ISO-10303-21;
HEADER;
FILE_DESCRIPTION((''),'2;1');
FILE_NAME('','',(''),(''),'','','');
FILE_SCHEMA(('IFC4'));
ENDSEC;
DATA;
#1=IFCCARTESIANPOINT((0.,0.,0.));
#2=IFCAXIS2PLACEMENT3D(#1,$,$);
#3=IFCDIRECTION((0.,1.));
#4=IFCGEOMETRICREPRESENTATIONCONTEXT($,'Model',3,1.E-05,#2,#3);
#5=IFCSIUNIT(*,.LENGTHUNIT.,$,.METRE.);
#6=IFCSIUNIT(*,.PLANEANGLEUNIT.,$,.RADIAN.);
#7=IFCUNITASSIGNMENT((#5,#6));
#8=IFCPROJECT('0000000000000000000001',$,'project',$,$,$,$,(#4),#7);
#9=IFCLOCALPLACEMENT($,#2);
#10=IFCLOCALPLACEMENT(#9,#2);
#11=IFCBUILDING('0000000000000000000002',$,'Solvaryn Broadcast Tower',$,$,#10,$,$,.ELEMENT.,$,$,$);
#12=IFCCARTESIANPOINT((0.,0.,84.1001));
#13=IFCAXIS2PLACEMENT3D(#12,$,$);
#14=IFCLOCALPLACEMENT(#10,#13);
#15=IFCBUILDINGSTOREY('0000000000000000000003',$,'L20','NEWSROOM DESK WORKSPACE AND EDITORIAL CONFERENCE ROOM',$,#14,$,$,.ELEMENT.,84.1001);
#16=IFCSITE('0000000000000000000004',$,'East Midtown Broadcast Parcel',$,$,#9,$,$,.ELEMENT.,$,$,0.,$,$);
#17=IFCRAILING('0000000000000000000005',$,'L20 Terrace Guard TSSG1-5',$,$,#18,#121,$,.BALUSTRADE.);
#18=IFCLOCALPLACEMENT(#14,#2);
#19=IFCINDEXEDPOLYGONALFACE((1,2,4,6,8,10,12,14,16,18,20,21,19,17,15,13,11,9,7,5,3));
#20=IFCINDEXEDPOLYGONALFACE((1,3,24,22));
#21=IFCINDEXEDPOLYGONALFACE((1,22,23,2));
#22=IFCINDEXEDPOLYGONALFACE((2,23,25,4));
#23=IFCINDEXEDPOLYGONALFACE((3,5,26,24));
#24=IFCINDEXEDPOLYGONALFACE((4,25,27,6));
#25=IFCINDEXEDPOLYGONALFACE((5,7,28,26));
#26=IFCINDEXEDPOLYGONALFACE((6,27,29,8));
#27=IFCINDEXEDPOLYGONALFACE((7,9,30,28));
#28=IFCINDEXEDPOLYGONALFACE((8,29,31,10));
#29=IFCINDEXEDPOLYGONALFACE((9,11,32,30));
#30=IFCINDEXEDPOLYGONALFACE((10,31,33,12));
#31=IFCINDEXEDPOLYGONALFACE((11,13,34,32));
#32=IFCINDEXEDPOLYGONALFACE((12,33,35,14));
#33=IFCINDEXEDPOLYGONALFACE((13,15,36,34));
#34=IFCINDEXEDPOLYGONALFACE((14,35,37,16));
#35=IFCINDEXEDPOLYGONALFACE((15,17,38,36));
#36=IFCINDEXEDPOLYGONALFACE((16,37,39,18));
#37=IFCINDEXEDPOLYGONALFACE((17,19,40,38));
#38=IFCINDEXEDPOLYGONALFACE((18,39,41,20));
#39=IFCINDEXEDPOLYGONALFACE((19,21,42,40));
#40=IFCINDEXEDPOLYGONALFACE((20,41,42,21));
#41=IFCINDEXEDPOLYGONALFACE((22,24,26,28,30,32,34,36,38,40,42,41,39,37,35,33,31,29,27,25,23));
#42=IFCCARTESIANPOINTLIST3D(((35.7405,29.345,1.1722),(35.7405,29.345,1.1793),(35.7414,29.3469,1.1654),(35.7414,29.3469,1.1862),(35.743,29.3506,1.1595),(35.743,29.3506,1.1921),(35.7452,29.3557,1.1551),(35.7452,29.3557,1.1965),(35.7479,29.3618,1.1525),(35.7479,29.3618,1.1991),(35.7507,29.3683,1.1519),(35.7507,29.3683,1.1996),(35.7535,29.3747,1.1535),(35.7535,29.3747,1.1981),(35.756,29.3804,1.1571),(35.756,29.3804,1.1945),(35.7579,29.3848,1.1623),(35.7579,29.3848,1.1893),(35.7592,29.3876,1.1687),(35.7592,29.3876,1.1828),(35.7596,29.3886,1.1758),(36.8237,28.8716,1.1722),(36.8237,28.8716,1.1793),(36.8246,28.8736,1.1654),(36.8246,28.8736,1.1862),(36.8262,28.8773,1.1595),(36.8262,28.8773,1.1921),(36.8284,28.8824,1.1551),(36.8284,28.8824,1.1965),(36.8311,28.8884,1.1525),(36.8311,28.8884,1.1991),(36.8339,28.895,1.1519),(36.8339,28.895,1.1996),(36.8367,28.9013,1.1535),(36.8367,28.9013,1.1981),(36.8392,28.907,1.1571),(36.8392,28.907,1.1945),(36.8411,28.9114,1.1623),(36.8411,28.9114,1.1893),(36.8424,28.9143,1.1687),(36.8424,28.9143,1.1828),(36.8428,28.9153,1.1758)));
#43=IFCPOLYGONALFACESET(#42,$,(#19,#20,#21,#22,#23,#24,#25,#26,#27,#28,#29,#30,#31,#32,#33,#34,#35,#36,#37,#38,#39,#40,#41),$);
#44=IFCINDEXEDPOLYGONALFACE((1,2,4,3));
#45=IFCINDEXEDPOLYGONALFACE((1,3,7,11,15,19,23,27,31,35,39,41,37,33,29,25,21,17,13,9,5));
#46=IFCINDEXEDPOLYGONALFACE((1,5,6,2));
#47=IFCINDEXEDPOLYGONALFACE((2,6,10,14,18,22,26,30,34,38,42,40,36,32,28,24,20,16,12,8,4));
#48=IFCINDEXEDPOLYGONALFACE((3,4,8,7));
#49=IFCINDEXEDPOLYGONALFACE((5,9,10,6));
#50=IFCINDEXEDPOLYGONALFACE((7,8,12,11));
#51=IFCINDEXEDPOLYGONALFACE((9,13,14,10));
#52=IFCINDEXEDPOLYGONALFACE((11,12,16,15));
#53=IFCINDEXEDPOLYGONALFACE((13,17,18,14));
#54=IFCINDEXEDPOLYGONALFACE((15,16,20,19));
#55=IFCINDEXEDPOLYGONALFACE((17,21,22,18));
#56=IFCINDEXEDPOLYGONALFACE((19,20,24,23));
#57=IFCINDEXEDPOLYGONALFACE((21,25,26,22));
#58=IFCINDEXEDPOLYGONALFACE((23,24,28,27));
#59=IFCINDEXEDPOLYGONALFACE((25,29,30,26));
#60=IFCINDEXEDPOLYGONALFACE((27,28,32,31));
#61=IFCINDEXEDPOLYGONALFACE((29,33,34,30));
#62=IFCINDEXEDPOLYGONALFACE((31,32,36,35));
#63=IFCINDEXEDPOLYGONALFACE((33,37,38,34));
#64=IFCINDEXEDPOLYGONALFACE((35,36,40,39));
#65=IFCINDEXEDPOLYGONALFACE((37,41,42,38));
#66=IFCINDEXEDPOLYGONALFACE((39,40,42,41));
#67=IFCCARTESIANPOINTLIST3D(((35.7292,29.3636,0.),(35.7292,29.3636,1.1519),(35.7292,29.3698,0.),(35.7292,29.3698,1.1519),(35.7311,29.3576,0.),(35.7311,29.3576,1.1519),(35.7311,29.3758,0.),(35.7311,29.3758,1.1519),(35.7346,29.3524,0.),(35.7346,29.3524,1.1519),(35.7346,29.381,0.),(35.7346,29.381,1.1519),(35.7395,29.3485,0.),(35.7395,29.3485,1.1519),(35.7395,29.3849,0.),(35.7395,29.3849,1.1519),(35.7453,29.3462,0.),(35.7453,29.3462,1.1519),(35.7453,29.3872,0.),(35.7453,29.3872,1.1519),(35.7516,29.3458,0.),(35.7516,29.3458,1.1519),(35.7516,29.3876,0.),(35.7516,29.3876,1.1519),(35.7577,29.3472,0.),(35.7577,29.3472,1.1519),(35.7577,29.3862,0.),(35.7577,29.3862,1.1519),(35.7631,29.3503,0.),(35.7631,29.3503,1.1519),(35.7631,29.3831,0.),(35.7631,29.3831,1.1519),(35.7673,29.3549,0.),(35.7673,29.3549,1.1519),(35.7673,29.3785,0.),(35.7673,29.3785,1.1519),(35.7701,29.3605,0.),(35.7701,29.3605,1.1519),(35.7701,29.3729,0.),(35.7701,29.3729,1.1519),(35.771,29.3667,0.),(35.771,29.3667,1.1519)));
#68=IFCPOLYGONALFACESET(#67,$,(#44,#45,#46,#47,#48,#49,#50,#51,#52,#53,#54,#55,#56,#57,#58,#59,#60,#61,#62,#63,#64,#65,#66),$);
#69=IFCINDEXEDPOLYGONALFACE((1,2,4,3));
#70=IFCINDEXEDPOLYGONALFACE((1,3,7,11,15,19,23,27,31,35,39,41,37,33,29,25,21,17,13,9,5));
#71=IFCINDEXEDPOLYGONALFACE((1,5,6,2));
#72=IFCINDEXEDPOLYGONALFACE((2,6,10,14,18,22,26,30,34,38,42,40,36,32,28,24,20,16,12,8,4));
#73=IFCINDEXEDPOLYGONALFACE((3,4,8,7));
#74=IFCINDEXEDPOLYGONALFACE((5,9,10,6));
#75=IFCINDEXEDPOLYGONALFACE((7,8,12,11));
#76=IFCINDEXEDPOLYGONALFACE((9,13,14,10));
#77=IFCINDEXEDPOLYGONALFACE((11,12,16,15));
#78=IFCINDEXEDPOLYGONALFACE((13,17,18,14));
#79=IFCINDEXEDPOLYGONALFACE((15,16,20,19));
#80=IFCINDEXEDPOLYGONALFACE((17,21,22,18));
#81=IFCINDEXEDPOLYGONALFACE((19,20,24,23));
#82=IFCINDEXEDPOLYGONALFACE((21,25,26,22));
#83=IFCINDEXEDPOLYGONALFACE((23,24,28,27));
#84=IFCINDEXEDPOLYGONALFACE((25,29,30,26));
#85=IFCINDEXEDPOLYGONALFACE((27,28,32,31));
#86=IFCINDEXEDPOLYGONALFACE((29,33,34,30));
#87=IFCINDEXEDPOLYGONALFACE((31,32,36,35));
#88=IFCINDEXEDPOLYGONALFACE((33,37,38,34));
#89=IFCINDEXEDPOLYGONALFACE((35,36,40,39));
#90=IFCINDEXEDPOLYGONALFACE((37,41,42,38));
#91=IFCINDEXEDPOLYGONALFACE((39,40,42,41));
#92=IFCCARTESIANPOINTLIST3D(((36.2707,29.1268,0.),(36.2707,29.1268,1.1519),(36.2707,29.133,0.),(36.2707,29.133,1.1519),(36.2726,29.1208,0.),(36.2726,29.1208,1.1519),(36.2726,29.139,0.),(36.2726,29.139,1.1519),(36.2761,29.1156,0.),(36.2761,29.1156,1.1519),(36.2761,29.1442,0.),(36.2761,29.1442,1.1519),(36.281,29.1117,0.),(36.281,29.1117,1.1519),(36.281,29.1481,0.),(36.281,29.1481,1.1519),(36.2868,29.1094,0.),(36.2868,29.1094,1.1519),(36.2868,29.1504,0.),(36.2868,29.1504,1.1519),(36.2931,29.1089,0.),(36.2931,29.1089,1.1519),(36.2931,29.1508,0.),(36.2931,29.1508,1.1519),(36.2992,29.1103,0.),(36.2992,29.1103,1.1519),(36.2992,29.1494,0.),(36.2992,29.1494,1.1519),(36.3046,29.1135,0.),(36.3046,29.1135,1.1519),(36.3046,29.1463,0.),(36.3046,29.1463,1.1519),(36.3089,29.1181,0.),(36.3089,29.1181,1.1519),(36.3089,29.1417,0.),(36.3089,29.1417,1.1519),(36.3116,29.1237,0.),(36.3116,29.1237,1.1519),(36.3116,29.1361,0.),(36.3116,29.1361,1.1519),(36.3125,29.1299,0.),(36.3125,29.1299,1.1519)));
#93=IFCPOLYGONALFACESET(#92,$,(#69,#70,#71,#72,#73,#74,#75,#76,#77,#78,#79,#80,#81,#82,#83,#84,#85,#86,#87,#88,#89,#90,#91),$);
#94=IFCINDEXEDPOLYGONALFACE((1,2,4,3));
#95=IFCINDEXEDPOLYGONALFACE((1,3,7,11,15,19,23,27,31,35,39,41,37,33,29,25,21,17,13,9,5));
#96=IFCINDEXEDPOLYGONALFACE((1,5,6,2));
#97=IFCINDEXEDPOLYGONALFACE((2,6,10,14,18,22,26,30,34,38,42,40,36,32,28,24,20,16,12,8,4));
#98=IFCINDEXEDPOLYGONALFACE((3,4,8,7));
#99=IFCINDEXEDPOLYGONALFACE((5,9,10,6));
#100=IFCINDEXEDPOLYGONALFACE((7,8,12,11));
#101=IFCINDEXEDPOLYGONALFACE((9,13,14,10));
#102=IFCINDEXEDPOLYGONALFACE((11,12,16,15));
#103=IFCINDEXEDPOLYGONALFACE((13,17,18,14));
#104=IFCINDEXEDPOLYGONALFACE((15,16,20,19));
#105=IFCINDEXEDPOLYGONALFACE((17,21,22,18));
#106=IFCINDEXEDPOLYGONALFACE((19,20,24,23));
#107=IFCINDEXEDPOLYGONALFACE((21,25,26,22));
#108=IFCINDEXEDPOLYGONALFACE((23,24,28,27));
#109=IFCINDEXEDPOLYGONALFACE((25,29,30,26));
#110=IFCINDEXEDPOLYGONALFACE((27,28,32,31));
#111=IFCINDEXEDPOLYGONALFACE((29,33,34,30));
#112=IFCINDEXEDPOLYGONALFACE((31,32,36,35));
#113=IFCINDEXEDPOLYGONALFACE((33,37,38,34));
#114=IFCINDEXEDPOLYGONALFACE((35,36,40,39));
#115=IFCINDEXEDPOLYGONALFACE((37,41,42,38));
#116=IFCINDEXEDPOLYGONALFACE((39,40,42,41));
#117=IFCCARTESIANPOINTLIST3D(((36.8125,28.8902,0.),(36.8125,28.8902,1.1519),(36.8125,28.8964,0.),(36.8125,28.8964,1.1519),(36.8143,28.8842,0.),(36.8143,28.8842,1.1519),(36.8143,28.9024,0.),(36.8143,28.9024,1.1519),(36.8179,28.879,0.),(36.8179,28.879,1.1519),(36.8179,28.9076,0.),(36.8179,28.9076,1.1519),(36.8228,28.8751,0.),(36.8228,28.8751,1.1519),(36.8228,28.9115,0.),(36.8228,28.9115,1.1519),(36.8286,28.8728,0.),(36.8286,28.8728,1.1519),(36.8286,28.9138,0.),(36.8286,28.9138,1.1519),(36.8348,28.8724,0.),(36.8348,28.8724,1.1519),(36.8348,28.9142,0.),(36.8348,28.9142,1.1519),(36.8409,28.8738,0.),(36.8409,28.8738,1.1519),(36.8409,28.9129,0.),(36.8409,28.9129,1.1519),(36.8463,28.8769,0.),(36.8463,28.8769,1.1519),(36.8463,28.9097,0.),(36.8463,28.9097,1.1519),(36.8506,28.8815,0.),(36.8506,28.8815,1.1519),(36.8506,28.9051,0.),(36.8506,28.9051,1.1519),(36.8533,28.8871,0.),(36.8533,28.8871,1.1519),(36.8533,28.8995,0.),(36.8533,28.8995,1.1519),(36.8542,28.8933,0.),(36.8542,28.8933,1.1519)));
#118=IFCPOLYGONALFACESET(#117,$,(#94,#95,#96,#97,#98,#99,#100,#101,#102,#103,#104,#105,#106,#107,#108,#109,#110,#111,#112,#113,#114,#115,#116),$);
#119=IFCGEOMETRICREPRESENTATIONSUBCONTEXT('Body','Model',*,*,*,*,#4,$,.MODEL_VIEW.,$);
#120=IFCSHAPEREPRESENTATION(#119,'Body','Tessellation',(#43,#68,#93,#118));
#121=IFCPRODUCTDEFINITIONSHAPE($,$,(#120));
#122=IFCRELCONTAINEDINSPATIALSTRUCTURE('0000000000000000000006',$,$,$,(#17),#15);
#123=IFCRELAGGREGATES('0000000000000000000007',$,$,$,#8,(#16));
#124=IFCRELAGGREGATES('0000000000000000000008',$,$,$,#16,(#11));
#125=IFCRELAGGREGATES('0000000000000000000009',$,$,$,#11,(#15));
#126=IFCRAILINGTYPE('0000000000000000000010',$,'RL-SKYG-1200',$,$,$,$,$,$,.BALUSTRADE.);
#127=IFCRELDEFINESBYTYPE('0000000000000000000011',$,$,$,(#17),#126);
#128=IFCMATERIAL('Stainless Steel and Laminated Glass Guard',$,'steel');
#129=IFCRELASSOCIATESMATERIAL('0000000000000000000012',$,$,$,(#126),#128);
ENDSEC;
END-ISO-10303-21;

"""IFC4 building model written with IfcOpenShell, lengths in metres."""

from ifc_helpers import new_model, si_unit, direction, frame, origin, origin_2d, place, context, subcontext, project, spatial, circle, extrude, material, type_object, element, save


model = new_model("IFC4")

# Units and contexts
model_context = context("Model", 3, precision=1e-05, world=origin(), true_north=direction((0.0, 1.0)))
body_context = subcontext(model_context, "Body", "Model", "MODEL_VIEW")
ifc_project = project(units=[si_unit("LENGTHUNIT", "METRE"), si_unit("PLANEANGLEUNIT", "RADIAN")], contexts=[model_context])

# Site, building, storey
site_placement = place(None, origin())
site = spatial("IfcSite", under=ifc_project, at=site_placement, Name="East Midtown Broadcast Parcel", CompositionType="ELEMENT", RefElevation=0.0)
building_placement = place(site_placement, origin())
building = spatial("IfcBuilding", under=site, at=building_placement, Name="Solvaryn Broadcast Tower", CompositionType="ELEMENT")
storey_placement = place(building_placement, frame((0.0, 0.0, 84.1001)))
storey = spatial("IfcBuildingStorey", under=building, at=storey_placement, Name="L20", Description="NEWSROOM DESK WORKSPACE AND EDITORIAL CONFERENCE ROOM", CompositionType="ELEMENT", Elevation=84.1001)

# Railing
ifc_material_1 = material(Name="Stainless Steel and Laminated Glass Guard", Category="steel")
railing_type_1 = type_object("IfcRailingType", Name="RL-SKYG-1200", PredefinedType="BALUSTRADE", material=ifc_material_1)
railing_1_placement = place(storey_placement, frame((35.75, 29.3667, 0.0)))
element("IfcRailing", 1, at=railing_1_placement, inside=storey, type_object=railing_type_1, Name="L20 Terrace Guard TSSG1-5", PredefinedType="BALUSTRADE", context=body_context, shape_type="SweptSolid", body=[
    extrude(circle(Radius=0.0239, at=origin_2d()), frame((0.0, 0.0, 1.1758), z_axis=(0.916323, -0.40044, 0.0), x_axis=(0.40044, 0.916323, 0.0)), (0.0, 0.0, 1.0), 1.1821),
    extrude(circle(Radius=0.021, at=origin_2d()), origin(), (0.0, 0.0, 1.0), 1.1519),
    extrude(circle(Radius=0.021, at=origin_2d()), frame((0.5415, -0.2368, 0.0)), (0.0, 0.0, 1.0), 1.1519),
    extrude(circle(Radius=0.021, at=origin_2d()), frame((1.0833, -0.4734, 0.0)), (0.0, 0.0, 1.0), 1.1519),
])

save(model, "model.ifc")
